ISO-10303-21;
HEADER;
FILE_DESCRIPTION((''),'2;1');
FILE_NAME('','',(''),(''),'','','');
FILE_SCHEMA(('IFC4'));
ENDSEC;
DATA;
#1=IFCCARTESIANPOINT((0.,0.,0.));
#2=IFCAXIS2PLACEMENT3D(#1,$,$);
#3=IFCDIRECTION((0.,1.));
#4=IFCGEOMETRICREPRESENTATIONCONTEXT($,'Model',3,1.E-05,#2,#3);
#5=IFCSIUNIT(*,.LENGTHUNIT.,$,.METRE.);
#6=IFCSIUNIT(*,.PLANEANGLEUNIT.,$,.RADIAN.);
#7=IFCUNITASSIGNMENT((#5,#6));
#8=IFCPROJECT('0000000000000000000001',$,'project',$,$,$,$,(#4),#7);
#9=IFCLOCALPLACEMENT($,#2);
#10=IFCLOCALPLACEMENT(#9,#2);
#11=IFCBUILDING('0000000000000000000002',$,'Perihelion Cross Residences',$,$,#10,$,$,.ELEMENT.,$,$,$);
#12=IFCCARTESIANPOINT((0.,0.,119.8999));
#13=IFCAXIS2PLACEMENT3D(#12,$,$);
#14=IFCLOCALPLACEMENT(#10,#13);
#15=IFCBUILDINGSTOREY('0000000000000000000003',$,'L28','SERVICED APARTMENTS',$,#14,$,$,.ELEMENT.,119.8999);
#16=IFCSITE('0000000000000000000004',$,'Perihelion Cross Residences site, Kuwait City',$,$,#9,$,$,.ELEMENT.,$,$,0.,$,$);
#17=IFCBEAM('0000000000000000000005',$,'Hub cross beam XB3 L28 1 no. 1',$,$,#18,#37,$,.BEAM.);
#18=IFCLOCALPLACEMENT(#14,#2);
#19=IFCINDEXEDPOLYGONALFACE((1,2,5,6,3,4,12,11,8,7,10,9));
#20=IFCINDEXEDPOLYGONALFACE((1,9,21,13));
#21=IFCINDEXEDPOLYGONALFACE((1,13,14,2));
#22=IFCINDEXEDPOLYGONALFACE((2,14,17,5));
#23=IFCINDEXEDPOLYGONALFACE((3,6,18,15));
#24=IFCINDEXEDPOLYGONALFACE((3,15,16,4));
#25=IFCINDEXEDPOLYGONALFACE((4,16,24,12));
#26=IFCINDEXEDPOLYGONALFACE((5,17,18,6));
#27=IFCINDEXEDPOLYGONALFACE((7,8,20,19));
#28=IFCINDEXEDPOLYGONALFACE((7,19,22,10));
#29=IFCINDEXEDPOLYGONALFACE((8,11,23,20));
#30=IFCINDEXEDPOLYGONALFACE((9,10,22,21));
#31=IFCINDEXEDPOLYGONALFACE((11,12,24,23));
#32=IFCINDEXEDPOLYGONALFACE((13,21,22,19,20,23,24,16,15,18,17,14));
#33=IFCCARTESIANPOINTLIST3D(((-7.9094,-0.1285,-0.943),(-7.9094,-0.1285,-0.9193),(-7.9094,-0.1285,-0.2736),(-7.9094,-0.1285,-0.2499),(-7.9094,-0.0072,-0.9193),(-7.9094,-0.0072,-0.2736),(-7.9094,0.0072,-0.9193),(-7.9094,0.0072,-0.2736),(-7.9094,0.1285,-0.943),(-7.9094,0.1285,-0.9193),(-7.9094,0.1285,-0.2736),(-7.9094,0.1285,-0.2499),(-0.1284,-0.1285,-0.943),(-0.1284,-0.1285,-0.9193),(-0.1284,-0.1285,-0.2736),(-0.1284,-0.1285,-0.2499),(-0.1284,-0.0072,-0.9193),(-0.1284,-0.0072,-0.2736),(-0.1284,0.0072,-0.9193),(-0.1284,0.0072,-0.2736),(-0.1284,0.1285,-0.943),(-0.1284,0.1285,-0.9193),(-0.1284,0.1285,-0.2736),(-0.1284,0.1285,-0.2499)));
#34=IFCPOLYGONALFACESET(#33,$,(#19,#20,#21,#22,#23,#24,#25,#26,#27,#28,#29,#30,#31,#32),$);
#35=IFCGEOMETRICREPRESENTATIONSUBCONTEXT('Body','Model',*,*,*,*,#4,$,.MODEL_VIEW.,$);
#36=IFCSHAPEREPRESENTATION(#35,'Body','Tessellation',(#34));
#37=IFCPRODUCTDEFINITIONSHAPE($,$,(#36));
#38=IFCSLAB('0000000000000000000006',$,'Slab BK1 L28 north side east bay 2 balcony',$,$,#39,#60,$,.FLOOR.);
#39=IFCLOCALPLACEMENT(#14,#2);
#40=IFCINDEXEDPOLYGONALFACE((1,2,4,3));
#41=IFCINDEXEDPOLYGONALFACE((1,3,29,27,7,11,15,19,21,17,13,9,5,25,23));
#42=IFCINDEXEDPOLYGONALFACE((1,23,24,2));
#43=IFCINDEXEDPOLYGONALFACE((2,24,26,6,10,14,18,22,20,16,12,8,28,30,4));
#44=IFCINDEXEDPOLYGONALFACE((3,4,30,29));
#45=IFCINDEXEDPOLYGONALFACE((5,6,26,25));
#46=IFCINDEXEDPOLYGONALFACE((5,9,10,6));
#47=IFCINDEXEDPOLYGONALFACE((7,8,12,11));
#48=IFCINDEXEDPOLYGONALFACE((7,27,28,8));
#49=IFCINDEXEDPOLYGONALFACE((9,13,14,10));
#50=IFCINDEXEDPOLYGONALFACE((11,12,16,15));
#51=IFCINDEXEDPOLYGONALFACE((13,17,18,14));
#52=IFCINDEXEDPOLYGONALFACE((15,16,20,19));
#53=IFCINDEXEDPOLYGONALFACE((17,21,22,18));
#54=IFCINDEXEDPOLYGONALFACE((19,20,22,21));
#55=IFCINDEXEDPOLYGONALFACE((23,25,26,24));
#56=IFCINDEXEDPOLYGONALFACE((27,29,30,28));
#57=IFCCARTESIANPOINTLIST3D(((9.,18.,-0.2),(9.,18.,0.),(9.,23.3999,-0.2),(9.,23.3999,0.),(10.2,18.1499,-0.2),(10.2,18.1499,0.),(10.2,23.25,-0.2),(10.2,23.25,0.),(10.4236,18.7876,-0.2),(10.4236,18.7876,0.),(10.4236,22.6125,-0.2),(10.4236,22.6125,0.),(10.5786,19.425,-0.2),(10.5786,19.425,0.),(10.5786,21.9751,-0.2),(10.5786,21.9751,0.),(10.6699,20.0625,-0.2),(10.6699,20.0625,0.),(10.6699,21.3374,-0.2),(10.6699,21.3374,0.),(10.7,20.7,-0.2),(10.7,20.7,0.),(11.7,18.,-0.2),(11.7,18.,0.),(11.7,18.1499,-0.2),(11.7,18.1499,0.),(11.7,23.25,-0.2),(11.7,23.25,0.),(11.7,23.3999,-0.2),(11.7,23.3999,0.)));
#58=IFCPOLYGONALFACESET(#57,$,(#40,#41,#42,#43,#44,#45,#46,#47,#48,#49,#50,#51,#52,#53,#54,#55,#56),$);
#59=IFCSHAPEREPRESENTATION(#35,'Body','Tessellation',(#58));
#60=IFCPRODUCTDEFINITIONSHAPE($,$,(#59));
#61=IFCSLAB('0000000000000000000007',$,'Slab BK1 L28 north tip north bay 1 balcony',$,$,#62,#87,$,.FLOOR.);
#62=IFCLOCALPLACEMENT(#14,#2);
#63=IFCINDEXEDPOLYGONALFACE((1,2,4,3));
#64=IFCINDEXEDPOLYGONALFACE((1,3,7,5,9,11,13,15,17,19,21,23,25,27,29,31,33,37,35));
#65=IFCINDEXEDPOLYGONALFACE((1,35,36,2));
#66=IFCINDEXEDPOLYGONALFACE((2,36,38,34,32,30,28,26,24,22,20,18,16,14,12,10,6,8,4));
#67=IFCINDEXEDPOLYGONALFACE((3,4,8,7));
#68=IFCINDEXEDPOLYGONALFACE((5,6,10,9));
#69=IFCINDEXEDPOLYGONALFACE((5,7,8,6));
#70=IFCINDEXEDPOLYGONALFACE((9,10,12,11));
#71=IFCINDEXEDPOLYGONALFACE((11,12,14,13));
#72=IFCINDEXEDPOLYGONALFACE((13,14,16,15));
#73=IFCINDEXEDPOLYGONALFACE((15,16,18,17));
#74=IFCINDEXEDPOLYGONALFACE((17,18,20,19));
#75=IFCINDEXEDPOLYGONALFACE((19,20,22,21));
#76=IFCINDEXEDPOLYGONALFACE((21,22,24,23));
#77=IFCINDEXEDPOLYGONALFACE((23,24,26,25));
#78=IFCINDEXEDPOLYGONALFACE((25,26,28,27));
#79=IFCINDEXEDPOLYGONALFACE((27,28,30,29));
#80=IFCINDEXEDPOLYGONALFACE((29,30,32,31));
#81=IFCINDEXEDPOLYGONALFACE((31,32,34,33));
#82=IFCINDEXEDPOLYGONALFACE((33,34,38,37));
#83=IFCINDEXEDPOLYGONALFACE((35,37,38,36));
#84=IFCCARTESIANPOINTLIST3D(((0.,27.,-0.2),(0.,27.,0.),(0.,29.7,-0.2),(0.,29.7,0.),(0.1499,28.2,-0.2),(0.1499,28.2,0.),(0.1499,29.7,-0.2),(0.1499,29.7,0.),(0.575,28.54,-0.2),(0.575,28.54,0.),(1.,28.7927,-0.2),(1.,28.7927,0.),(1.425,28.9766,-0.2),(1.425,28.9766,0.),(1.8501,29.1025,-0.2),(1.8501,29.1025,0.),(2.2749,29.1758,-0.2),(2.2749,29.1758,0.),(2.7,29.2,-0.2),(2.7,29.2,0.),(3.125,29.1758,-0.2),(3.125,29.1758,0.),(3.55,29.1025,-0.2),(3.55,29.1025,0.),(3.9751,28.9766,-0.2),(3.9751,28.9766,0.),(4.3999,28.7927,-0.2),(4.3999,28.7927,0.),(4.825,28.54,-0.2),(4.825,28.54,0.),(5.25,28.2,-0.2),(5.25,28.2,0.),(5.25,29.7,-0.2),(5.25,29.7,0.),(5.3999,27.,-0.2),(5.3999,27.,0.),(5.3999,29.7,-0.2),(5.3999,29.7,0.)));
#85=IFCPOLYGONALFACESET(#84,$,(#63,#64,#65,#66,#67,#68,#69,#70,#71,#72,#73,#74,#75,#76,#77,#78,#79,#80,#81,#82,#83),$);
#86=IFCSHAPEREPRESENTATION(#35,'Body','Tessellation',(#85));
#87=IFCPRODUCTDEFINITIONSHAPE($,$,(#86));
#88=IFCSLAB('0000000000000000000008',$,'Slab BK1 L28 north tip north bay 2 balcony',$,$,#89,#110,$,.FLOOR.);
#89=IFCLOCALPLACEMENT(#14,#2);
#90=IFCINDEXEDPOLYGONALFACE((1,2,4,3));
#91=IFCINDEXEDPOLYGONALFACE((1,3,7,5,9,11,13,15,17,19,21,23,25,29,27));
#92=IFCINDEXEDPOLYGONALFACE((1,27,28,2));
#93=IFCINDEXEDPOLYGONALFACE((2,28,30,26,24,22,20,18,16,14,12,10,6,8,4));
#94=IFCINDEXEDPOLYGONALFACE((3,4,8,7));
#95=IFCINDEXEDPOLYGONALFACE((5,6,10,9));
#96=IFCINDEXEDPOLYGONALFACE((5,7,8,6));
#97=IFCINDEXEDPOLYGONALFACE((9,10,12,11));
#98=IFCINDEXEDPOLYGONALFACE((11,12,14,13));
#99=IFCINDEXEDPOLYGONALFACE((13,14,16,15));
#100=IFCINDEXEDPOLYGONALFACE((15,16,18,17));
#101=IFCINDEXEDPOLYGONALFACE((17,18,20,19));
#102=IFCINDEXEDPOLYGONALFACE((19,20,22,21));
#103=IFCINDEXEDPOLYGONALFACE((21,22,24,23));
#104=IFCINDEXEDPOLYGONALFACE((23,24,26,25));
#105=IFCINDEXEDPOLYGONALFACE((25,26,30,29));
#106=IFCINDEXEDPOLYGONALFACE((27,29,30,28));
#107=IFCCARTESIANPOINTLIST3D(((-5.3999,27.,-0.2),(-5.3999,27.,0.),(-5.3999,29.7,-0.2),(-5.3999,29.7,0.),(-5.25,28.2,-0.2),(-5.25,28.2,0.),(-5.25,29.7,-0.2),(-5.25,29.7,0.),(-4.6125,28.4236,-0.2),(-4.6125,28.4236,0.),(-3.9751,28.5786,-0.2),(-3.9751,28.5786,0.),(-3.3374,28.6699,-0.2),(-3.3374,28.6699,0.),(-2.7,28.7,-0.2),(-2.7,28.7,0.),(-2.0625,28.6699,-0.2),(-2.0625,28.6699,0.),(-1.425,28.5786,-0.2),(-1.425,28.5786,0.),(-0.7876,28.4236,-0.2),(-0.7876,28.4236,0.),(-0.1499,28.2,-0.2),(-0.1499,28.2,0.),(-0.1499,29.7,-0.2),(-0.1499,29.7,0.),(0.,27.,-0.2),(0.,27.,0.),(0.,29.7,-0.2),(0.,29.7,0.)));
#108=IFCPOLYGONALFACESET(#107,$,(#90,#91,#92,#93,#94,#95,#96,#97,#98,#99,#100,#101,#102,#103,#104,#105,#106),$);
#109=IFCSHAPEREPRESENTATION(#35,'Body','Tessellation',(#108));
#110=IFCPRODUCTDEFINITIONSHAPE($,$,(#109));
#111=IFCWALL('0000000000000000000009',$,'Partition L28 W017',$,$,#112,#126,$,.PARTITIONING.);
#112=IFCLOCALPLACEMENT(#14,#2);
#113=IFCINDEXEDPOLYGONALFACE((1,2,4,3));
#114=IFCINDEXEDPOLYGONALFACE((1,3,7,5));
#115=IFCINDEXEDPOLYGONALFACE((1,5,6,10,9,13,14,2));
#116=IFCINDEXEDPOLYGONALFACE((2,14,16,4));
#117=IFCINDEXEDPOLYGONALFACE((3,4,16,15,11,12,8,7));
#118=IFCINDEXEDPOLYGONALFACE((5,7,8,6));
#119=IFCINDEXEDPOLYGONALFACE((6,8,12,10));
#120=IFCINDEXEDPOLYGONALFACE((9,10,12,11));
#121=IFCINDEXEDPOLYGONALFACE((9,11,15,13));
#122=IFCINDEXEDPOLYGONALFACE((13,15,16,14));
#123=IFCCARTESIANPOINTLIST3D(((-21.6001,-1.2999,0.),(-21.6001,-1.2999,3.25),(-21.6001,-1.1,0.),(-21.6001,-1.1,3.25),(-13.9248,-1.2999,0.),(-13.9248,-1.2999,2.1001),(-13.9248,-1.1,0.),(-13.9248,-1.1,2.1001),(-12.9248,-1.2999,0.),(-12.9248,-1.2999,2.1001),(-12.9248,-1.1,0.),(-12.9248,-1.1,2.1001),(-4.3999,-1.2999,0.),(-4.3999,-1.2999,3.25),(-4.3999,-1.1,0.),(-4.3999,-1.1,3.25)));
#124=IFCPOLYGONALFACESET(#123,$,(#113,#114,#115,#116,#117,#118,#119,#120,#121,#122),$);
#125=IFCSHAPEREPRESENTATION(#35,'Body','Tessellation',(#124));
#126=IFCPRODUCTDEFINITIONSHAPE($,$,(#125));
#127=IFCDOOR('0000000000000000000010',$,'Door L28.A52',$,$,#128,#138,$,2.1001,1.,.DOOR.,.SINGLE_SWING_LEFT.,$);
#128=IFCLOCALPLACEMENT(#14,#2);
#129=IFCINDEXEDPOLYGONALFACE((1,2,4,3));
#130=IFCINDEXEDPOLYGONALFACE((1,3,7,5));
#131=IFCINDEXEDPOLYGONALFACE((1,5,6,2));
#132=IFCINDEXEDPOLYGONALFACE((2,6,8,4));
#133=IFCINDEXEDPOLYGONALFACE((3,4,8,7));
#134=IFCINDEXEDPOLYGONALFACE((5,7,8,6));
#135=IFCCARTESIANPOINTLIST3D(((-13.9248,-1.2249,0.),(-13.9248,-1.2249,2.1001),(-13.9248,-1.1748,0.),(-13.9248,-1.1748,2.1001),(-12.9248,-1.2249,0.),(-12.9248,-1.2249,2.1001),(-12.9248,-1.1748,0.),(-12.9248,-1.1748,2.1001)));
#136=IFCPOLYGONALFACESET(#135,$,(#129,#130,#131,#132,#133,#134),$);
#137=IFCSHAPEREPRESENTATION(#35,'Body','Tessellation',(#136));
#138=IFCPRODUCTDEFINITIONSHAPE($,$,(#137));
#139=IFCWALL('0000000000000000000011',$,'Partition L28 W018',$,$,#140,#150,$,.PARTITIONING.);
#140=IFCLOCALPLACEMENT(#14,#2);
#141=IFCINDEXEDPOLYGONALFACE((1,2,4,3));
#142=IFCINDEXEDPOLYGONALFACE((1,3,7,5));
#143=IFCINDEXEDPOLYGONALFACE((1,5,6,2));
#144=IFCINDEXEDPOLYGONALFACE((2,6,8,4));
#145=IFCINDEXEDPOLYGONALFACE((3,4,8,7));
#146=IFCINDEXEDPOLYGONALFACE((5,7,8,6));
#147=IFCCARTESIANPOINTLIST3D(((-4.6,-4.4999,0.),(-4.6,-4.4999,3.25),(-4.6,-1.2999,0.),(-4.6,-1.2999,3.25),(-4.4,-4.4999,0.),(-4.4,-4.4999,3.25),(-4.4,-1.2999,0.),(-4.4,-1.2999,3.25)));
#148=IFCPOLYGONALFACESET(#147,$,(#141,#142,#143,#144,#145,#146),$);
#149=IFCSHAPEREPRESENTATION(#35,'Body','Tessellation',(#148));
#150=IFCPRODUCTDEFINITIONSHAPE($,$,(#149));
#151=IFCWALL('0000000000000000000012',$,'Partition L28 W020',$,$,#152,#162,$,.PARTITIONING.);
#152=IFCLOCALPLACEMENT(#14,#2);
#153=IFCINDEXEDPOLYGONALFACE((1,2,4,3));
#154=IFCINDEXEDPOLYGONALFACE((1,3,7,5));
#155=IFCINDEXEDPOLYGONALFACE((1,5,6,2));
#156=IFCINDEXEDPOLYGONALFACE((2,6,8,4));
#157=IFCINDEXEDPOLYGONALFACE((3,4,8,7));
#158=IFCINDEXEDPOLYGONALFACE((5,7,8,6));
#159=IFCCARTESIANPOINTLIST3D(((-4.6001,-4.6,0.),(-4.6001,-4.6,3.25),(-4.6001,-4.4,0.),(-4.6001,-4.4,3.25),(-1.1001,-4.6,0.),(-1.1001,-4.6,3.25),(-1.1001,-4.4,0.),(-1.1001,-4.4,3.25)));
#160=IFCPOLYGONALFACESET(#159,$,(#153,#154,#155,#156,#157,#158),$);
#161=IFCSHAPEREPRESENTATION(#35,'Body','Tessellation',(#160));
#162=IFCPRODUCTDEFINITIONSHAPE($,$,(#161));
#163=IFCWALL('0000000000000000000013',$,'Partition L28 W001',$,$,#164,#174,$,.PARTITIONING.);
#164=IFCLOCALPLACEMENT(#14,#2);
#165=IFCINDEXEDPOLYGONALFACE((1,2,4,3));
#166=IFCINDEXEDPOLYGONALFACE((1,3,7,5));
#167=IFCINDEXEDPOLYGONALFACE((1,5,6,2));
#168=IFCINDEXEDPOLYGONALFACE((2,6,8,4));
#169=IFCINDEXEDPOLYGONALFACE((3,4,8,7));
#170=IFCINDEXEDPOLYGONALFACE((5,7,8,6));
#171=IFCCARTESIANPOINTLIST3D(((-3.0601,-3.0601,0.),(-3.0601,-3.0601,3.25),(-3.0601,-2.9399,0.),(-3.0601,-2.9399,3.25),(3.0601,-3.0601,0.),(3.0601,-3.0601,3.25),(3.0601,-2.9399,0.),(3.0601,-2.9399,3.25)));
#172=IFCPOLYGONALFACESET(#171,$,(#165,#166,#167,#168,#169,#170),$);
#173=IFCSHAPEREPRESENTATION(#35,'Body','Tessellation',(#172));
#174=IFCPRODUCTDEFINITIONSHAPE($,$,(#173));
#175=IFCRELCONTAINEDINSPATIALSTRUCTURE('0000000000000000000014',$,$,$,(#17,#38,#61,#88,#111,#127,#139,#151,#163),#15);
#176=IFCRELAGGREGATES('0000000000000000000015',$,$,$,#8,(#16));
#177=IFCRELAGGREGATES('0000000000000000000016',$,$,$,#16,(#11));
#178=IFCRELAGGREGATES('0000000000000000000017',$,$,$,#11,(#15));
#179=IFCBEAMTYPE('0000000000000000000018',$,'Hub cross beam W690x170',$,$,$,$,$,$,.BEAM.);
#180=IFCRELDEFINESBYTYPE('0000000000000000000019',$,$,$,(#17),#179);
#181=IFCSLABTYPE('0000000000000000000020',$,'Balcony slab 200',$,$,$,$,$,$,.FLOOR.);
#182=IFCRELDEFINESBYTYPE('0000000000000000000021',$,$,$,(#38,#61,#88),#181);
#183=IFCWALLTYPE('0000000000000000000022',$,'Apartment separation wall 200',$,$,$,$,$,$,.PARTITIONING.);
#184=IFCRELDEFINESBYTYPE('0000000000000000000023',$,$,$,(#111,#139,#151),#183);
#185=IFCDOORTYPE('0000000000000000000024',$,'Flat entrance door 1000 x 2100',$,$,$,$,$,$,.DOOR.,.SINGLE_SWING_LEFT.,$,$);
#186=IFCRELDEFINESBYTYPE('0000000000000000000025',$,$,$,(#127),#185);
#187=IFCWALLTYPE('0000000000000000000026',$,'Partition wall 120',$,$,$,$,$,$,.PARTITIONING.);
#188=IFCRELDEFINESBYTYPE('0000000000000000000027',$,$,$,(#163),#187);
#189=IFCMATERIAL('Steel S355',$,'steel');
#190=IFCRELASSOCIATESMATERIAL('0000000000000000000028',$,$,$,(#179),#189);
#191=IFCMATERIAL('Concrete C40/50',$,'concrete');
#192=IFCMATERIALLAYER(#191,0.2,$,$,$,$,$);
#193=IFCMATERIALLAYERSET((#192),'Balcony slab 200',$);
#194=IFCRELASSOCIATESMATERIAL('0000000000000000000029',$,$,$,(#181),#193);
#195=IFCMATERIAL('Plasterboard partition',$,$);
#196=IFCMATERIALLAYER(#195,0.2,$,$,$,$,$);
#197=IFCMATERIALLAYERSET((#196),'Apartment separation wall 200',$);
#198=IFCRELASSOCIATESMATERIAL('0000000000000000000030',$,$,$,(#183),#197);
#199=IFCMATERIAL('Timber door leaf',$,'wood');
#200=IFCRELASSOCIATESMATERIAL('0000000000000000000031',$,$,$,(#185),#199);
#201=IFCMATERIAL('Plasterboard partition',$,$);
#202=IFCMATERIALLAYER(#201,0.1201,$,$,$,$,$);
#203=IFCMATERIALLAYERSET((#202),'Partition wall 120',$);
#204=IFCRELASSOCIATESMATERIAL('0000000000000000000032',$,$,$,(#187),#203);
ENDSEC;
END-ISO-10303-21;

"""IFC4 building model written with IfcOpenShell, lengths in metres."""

from ifc_helpers import new_model, si_unit, direction, frame, frame_2d, origin, origin_2d, place, context, subcontext, project, spatial, polyline, rectangle, i_section, outline, extrude, material, layer, layer_set, material_profile, profile_set, type_object, element, fill, save


model = new_model("IFC4")

# Units and contexts
model_context = context("Model", 3, precision=1e-05, world=origin(), true_north=direction((0.0, 1.0)))
body_context = subcontext(model_context, "Body", "Model", "MODEL_VIEW")
ifc_project = project(units=[si_unit("LENGTHUNIT", "METRE"), si_unit("PLANEANGLEUNIT", "RADIAN")], contexts=[model_context])

# Site, building, storey
site_placement = place(None, origin())
site = spatial("IfcSite", under=ifc_project, at=site_placement, Name="Perihelion Cross Residences site, Kuwait City", CompositionType="ELEMENT", RefElevation=0.0)
building_placement = place(site_placement, origin())
building = spatial("IfcBuilding", under=site, at=building_placement, Name="Perihelion Cross Residences", CompositionType="ELEMENT")
storey_placement = place(building_placement, frame((0.0, 0.0, 119.8999)))
storey = spatial("IfcBuildingStorey", under=building, at=storey_placement, Name="L28", Description="SERVICED APARTMENTS", CompositionType="ELEMENT", Elevation=119.8999)

# Beam
ifc_material_1 = material(Name="Steel S355", Category="steel")
ifc_material_profile = material_profile(ifc_material_1, i_section(OverallWidth=0.2571, OverallDepth=0.6931, WebThickness=0.0144, FlangeThickness=0.0237, at=origin_2d()), Name="W690x170")
ifc_profile_set = profile_set([ifc_material_profile], Name="Steel S355")
beam_type = type_object("IfcBeamType", Name="Hub cross beam W690x170", PredefinedType="BEAM", material=ifc_profile_set)
beam_placement = place(storey_placement, frame((-7.9094, 0.0, -0.5964), z_axis=(1.0, 0.0, 0.0), x_axis=(0.0, 1.0, 0.0)))
element("IfcBeam", 1, at=beam_placement, inside=storey, type_object=beam_type, Name="Hub cross beam XB3 L28 1 no. 1", PredefinedType="BEAM", context=body_context, shape_type="SweptSolid", body=[
    extrude(i_section(OverallWidth=0.2571, OverallDepth=0.6931, WebThickness=0.0144, FlangeThickness=0.0237, at=origin_2d()), origin(), (0.0, 0.0, 1.0), 7.781),
])

# Slabs
ifc_material_2 = material(Name="Concrete C40/50", Category="concrete")
ifc_layer_1 = layer(ifc_material_2, 0.2)
ifc_layer_set_1 = layer_set([ifc_layer_1], Name="Balcony slab 200")
slab_type_1 = type_object("IfcSlabType", Name="Balcony slab 200", PredefinedType="FLOOR", material=ifc_layer_set_1)
slab_1_placement = place(storey_placement, frame((0.0, 0.0, -0.2)))
element("IfcSlab", 2, at=slab_1_placement, inside=storey, type_object=slab_type_1, Name="Slab BK1 L28 north side east bay 2 balcony", PredefinedType="FLOOR", context=body_context, shape_type="SweptSolid", body=[
    extrude(outline(polyline([(9.0, 18.0), (9.0, 23.3999), (11.7, 23.3999), (11.7, 23.25), (10.2, 23.25), (10.4236, 22.6125), (10.5786, 21.9751), (10.6699, 21.3374), (10.7, 20.7), (10.6699, 20.0625), (10.5786, 19.425), (10.4236, 18.7876), (10.2, 18.1499), (11.7, 18.1499), (11.7, 18.0), (9.0, 18.0)])), origin(), (0.0, 0.0, 1.0), 0.2),
])
slab_2_placement = place(storey_placement, frame((0.0, 0.0, -0.2)))
element("IfcSlab", 3, at=slab_2_placement, inside=storey, type_object=slab_type_1, Name="Slab BK1 L28 north tip north bay 1 balcony", PredefinedType="FLOOR", context=body_context, shape_type="SweptSolid", body=[
    extrude(outline(polyline([(5.3999, 27.0), (0.0, 27.0), (0.0, 29.7), (0.1499, 29.7), (0.1499, 28.2), (0.575, 28.54), (1.0, 28.7927), (1.425, 28.9766), (1.8501, 29.1025), (2.2749, 29.1758), (2.7, 29.2), (3.125, 29.1758), (3.55, 29.1025), (3.9751, 28.9766), (4.3999, 28.7927), (4.825, 28.54), (5.25, 28.2), (5.25, 29.7), (5.3999, 29.7), (5.3999, 27.0)])), origin(), (0.0, 0.0, 1.0), 0.2),
])
slab_3_placement = place(storey_placement, frame((0.0, 0.0, -0.2)))
element("IfcSlab", 4, at=slab_3_placement, inside=storey, type_object=slab_type_1, Name="Slab BK1 L28 north tip north bay 2 balcony", PredefinedType="FLOOR", context=body_context, shape_type="SweptSolid", body=[
    extrude(outline(polyline([(0.0, 27.0), (-5.3999, 27.0), (-5.3999, 29.7), (-5.25, 29.7), (-5.25, 28.2), (-4.6125, 28.4236), (-3.9751, 28.5786), (-3.3374, 28.6699), (-2.7, 28.7), (-2.0625, 28.6699), (-1.425, 28.5786), (-0.7876, 28.4236), (-0.1499, 28.2), (-0.1499, 29.7), (0.0, 29.7), (0.0, 27.0)])), origin(), (0.0, 0.0, 1.0), 0.2),
])

# Wall, opening, door
ifc_material_3 = material(Name="Plasterboard partition")
ifc_layer_2 = layer(ifc_material_3, 0.2)
ifc_layer_set_2 = layer_set([ifc_layer_2], Name="Apartment separation wall 200")
wall_type_1 = type_object("IfcWallType", Name="Apartment separation wall 200", PredefinedType="PARTITIONING", material=ifc_layer_set_2)
wall_1_placement = place(storey_placement, frame((-4.3999, -1.2, 0.0), z_axis=(0.0, 0.0, 1.0), x_axis=(-1.0, 0.0, 0.0)))
wall_1 = element("IfcWall", 5, at=wall_1_placement, inside=storey, type_object=wall_type_1, Name="Partition L28 W017", PredefinedType="PARTITIONING", context=body_context, shape_type="SweptSolid", body=[
    extrude(rectangle(XDim=17.2002, YDim=0.2, at=frame_2d((8.6001, 0.0))), origin(), (0.0, 0.0, 1.0), 3.25),
])
opening_1_placement = place(wall_1_placement, frame((8.5249, 0.0, 0.0)))
opening_1 = element("IfcOpeningElement", 6, at=opening_1_placement, cuts=wall_1, PredefinedType="OPENING", context=body_context, shape_type="SweptSolid", body=[
    extrude(rectangle(XDim=1.0, YDim=2.1001, at=frame_2d((0.5, 1.05))), frame((0.0, 0.1099, 0.0), z_axis=(0.0, -1.0, 0.0), x_axis=(1.0, 0.0, 0.0)), (0.0, 0.0, 1.0), 0.22),
])
ifc_material_4 = material(Name="Timber door leaf", Category="wood")
door_type_1 = type_object("IfcDoorType", Name="Flat entrance door 1000 x 2100", OperationType="SINGLE_SWING_LEFT", PredefinedType="DOOR", material=ifc_material_4)
door_1_placement = place(opening_1_placement, origin())
door_1 = element("IfcDoor", 7, at=door_1_placement, inside=storey, type_object=door_type_1, Name="Door L28.A52", OperationType="SINGLE_SWING_LEFT", OverallHeight=2.1001, OverallWidth=1.0, PredefinedType="DOOR", context=body_context, shape_type="SweptSolid", body=[
    extrude(rectangle(XDim=1.0, YDim=2.1001, at=frame_2d((0.5, 1.05))), frame((0.0, 0.0249, 0.0), z_axis=(0.0, -1.0, 0.0), x_axis=(1.0, 0.0, 0.0)), (0.0, 0.0, 1.0), 0.05),
])
fill(opening_1, door_1)

# Walls
wall_2_placement = place(storey_placement, frame((-4.5, -4.5, 0.0), z_axis=(0.0, 0.0, 1.0), x_axis=(0.0, 1.0, 0.0)))
element("IfcWall", 8, at=wall_2_placement, inside=storey, type_object=wall_type_1, Name="Partition L28 W018", PredefinedType="PARTITIONING", context=body_context, shape_type="SweptSolid", body=[
    extrude(rectangle(XDim=3.2, YDim=0.2, at=frame_2d((1.6001, 0.0))), origin(), (0.0, 0.0, 1.0), 3.25),
])
wall_3_placement = place(storey_placement, frame((-1.1001, -4.5, 0.0), z_axis=(0.0, 0.0, 1.0), x_axis=(-1.0, 0.0, 0.0)))
element("IfcWall", 9, at=wall_3_placement, inside=storey, type_object=wall_type_1, Name="Partition L28 W020", PredefinedType="PARTITIONING", context=body_context, shape_type="SweptSolid", body=[
    extrude(rectangle(XDim=3.5, YDim=0.2, at=frame_2d((1.75, 0.0))), origin(), (0.0, 0.0, 1.0), 3.25),
])
ifc_material_5 = material(Name="Plasterboard partition")
ifc_layer_3 = layer(ifc_material_5, 0.1201)
ifc_layer_set_3 = layer_set([ifc_layer_3], Name="Partition wall 120")
wall_type_2 = type_object("IfcWallType", Name="Partition wall 120", PredefinedType="PARTITIONING", material=ifc_layer_set_3)
wall_4_placement = place(storey_placement, frame((-3.0601, -3.0, 0.0), z_axis=(0.0, 0.0, 1.0), x_axis=(1.0, 0.0, 0.0)))
element("IfcWall", 10, at=wall_4_placement, inside=storey, type_object=wall_type_2, Name="Partition L28 W001", PredefinedType="PARTITIONING", context=body_context, shape_type="SweptSolid", body=[
    extrude(rectangle(XDim=6.1201, YDim=0.1201, at=frame_2d((3.0601, 0.0))), origin(), (0.0, 0.0, 1.0), 3.25),
])

save(model, "model.ifc")
